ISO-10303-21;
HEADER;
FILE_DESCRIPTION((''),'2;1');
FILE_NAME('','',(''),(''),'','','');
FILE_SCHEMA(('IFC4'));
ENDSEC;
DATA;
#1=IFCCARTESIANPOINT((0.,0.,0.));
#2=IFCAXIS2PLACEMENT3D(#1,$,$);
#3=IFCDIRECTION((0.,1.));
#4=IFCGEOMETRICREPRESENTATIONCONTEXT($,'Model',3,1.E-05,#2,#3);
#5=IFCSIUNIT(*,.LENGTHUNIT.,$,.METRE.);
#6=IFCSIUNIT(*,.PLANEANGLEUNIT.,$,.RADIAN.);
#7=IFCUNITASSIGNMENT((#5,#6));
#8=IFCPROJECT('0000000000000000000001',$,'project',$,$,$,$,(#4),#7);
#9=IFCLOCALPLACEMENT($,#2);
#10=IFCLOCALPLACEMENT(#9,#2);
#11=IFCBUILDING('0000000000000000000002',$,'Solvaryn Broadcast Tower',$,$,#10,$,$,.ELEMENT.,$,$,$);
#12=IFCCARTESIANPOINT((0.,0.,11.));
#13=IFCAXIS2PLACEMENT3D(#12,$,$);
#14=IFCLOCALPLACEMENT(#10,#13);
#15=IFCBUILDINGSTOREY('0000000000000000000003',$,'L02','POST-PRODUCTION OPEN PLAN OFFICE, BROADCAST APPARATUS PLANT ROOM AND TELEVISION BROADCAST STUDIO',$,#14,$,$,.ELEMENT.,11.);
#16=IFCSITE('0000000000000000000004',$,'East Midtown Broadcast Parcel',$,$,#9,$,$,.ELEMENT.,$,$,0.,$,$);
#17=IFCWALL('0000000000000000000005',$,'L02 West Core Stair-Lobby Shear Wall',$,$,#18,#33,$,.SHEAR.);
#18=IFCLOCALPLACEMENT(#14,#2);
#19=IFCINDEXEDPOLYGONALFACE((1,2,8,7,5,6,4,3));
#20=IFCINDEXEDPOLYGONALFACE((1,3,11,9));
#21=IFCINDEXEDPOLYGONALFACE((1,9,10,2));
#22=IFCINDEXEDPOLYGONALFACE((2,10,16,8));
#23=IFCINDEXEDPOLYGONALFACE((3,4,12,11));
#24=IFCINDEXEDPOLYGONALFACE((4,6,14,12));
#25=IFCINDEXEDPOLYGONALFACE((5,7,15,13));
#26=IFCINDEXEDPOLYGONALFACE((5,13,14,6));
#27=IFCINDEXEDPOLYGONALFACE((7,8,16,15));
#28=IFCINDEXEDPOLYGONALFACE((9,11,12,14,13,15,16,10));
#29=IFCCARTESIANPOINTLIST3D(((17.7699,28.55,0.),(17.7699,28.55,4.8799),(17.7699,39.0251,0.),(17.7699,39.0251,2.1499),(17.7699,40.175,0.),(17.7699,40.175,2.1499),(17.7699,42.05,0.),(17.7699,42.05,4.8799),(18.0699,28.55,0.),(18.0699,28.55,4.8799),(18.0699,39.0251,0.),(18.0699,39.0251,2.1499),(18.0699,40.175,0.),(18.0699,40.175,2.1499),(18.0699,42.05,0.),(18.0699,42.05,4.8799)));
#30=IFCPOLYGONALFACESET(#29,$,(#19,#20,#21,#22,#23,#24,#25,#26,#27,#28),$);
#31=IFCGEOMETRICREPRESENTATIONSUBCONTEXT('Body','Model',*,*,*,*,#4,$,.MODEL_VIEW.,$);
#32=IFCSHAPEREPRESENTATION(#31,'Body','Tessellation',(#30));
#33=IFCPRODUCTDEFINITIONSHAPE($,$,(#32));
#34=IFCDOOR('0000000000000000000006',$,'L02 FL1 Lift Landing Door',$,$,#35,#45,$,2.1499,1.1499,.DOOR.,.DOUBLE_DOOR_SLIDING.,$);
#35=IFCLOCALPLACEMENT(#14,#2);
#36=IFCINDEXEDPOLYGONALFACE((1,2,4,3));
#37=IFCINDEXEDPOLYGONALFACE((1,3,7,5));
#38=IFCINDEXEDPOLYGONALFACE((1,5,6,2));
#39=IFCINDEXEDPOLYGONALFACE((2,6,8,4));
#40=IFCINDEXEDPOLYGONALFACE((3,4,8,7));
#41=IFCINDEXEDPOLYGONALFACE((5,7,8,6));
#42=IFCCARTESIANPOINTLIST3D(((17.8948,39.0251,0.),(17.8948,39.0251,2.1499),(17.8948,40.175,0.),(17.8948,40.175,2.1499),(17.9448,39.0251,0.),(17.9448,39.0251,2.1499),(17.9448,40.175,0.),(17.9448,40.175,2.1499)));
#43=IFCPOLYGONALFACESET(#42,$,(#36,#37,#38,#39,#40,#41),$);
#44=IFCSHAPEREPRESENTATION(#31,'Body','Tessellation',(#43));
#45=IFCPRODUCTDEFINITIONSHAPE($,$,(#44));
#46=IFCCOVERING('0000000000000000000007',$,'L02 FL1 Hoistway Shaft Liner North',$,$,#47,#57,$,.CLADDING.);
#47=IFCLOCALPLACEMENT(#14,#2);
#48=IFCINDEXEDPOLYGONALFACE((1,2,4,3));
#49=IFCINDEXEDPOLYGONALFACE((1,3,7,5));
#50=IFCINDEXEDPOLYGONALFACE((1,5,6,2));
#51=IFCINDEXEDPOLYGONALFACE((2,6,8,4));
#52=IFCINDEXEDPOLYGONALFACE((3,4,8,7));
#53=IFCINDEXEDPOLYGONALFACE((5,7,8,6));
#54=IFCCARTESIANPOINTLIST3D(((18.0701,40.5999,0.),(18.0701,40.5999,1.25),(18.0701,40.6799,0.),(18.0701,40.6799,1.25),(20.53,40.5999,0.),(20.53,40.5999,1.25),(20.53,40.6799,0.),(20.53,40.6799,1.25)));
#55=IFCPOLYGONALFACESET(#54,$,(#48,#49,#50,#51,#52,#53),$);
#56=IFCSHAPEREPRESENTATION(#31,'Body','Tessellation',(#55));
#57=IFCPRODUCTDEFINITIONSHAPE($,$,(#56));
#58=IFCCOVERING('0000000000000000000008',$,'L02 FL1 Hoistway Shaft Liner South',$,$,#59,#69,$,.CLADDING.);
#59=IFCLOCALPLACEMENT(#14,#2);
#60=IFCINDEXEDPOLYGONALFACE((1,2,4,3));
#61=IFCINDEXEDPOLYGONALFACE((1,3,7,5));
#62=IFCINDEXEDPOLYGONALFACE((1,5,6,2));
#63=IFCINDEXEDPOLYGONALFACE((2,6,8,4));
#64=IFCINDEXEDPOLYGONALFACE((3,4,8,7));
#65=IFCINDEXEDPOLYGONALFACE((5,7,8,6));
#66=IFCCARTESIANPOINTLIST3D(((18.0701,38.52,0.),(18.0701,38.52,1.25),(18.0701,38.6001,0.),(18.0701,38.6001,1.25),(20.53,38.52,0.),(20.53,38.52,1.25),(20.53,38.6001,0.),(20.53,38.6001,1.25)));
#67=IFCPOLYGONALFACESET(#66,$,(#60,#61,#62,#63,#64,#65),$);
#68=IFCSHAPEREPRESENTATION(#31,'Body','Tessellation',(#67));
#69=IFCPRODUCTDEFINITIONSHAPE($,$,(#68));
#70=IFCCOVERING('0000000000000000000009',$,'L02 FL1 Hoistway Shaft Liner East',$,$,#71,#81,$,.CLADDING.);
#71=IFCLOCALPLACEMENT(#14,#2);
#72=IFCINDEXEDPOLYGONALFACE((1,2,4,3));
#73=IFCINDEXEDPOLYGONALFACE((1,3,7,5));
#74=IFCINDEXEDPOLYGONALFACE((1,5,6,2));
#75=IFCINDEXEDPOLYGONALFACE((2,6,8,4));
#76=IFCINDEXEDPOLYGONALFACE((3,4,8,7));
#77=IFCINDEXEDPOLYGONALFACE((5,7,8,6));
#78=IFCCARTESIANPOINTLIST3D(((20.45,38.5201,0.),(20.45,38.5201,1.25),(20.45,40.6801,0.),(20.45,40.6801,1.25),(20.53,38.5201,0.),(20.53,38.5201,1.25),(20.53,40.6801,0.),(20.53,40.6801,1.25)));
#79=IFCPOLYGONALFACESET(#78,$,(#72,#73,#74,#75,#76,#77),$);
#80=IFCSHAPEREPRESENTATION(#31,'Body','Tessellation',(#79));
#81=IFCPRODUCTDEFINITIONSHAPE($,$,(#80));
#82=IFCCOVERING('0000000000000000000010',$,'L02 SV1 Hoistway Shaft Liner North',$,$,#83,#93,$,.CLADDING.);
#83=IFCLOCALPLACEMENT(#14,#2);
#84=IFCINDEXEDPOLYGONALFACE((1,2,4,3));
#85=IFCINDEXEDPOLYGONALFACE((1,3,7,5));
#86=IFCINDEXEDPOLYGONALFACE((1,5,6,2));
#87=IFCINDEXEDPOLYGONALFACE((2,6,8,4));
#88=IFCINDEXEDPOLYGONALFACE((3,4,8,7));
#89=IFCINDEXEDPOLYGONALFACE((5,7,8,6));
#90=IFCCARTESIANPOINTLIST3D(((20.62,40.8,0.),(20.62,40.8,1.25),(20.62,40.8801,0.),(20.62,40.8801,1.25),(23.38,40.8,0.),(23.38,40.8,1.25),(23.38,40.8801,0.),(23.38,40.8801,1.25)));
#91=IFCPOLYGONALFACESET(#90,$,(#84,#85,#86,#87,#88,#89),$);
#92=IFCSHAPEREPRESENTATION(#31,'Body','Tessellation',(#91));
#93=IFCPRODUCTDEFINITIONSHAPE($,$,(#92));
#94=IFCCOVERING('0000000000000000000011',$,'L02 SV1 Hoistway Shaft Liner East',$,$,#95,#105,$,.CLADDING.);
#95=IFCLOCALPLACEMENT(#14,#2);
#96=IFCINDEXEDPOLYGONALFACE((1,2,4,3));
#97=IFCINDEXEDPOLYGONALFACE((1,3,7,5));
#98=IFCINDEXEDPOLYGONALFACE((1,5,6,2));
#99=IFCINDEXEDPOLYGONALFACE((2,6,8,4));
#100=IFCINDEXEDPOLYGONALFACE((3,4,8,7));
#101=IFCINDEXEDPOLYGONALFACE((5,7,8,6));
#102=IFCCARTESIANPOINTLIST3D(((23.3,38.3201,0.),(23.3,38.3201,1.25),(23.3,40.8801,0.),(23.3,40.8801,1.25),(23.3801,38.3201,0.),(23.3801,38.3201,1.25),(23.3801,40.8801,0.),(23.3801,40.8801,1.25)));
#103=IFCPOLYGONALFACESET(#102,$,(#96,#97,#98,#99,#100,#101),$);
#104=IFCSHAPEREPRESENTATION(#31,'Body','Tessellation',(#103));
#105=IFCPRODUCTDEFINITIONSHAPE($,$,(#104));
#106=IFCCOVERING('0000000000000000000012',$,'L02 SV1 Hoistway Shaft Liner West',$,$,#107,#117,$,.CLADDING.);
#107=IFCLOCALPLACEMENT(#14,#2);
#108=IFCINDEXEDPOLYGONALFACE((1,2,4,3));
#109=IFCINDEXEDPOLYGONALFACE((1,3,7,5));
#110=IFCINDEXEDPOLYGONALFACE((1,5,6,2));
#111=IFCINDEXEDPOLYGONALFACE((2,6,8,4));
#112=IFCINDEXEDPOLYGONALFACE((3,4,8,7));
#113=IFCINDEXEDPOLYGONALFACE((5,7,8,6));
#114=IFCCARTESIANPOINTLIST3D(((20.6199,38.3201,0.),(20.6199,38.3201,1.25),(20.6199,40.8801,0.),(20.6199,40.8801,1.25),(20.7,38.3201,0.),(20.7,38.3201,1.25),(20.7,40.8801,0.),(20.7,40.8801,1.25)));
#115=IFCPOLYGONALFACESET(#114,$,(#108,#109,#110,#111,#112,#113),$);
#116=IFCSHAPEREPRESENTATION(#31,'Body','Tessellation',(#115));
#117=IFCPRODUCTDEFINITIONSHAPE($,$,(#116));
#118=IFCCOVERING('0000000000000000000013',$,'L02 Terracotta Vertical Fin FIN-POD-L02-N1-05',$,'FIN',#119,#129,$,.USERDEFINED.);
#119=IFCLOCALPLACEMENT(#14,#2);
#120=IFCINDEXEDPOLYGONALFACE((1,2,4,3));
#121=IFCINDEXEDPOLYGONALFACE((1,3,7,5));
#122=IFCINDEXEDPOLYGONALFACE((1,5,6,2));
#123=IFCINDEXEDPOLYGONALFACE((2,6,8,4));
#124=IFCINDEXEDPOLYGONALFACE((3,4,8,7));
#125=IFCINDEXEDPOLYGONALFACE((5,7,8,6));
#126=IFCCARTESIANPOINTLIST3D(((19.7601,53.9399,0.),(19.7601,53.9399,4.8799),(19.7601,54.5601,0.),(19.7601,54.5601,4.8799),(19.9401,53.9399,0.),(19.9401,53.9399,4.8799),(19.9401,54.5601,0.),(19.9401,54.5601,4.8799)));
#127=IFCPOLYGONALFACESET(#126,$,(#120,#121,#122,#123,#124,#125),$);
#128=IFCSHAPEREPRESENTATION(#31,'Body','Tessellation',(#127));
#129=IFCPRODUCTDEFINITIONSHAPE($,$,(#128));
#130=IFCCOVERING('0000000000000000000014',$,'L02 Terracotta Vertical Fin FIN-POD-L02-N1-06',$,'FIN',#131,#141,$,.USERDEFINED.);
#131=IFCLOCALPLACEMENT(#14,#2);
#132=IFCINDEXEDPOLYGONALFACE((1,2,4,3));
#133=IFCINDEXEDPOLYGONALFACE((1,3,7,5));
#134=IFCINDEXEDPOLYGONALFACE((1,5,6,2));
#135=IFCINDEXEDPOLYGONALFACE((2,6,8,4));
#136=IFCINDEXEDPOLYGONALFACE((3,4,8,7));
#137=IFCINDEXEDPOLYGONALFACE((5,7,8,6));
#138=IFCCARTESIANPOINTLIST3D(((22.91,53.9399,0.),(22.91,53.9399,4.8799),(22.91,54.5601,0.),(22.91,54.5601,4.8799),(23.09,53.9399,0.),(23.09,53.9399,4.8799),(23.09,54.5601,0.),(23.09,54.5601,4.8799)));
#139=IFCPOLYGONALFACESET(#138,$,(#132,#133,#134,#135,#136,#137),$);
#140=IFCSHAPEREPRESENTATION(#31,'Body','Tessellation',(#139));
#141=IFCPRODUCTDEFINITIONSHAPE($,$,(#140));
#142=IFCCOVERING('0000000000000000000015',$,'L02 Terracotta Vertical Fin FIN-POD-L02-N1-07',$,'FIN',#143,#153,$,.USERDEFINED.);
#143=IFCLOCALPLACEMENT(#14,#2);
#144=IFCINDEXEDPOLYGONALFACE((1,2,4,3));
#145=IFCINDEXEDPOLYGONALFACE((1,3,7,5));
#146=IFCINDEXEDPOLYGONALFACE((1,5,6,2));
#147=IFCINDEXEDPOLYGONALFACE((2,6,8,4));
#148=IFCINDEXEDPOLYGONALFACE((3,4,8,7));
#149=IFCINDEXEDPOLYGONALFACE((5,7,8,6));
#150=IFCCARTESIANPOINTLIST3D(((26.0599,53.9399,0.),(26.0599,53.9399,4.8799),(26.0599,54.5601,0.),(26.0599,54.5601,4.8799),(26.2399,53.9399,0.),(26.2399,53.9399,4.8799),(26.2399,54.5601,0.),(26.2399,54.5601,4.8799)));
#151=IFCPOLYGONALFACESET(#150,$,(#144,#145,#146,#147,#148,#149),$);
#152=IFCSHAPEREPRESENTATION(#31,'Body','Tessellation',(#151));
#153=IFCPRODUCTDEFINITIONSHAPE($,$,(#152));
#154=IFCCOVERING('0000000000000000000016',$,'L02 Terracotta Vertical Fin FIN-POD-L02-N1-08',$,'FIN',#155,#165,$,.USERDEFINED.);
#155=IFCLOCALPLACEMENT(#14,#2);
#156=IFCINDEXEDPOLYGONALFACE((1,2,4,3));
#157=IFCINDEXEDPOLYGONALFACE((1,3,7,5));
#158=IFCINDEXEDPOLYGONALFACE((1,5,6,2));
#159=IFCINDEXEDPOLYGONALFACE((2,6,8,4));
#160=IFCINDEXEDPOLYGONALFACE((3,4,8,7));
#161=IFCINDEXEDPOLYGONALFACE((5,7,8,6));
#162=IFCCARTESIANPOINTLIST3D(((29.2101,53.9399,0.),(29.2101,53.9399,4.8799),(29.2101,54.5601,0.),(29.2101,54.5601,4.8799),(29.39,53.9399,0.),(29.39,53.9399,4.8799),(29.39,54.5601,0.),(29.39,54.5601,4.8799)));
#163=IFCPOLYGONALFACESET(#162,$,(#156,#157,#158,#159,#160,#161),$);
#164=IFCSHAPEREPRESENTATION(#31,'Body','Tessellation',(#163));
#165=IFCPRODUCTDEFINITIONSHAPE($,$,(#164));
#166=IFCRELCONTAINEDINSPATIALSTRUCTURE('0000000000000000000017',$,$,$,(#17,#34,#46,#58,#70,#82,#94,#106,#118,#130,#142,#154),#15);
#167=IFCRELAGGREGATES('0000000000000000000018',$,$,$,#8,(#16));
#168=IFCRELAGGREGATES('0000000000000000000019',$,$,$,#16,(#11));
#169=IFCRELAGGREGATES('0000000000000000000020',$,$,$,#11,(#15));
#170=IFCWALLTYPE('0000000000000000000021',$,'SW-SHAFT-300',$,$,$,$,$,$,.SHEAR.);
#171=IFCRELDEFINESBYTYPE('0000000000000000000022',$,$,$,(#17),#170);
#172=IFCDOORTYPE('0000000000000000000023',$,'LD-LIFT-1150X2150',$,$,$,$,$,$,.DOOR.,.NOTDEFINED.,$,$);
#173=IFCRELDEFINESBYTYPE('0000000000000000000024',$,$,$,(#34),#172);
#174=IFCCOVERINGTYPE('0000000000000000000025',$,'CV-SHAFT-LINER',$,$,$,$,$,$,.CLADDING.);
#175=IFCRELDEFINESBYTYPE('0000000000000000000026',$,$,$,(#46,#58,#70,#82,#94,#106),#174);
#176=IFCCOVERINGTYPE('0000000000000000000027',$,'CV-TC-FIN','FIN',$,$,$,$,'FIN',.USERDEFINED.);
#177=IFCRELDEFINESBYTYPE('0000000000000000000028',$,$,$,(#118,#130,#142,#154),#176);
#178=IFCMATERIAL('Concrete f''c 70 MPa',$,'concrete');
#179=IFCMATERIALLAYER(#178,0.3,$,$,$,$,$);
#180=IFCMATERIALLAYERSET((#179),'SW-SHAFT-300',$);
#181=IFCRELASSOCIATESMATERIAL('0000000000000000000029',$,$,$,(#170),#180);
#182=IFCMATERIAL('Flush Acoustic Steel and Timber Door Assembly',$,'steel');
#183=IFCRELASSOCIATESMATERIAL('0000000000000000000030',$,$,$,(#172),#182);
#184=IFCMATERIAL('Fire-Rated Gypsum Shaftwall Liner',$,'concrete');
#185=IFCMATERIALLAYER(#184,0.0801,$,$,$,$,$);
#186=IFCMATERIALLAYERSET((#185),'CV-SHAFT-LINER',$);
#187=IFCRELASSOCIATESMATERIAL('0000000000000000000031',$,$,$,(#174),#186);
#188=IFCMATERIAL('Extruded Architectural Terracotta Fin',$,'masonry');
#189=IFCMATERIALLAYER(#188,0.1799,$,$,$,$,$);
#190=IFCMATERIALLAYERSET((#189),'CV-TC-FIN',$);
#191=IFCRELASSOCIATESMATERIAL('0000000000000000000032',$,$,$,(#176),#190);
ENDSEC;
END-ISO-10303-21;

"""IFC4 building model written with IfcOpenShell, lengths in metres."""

from ifc_helpers import new_model, si_unit, direction, frame, frame_2d, origin, origin_2d, place, context, subcontext, project, spatial, rectangle, extrude, material, layer, layer_set, type_object, element, fill, save


model = new_model("IFC4")

# Units and contexts
model_context = context("Model", 3, precision=1e-05, world=origin(), true_north=direction((0.0, 1.0)))
body_context = subcontext(model_context, "Body", "Model", "MODEL_VIEW")
ifc_project = project(units=[si_unit("LENGTHUNIT", "METRE"), si_unit("PLANEANGLEUNIT", "RADIAN")], contexts=[model_context])

# Site, building, storey
site_placement = place(None, origin())
site = spatial("IfcSite", under=ifc_project, at=site_placement, Name="East Midtown Broadcast Parcel", CompositionType="ELEMENT", RefElevation=0.0)
building_placement = place(site_placement, origin())
building = spatial("IfcBuilding", under=site, at=building_placement, Name="Solvaryn Broadcast Tower", CompositionType="ELEMENT")
storey_placement = place(building_placement, frame((0.0, 0.0, 11.0)))
storey = spatial("IfcBuildingStorey", under=building, at=storey_placement, Name="L02", Description="POST-PRODUCTION OPEN PLAN OFFICE, BROADCAST APPARATUS PLANT ROOM AND TELEVISION BROADCAST STUDIO", CompositionType="ELEMENT", Elevation=11.0)

# Wall, opening, door
ifc_material_1 = material(Name="Concrete f'c 70 MPa", Category="concrete")
ifc_layer_1 = layer(ifc_material_1, 0.3)
ifc_layer_set_1 = layer_set([ifc_layer_1], Name="SW-SHAFT-300")
wall_type_1 = type_object("IfcWallType", Name="SW-SHAFT-300", PredefinedType="SHEAR", material=ifc_layer_set_1)
wall_1_placement = place(storey_placement, frame((17.9199, 42.05, 0.0), z_axis=(0.0, 0.0, 1.0), x_axis=(0.0, -1.0, 0.0)))
wall_1 = element("IfcWall", 1, at=wall_1_placement, inside=storey, type_object=wall_type_1, Name="L02 West Core Stair-Lobby Shear Wall", PredefinedType="SHEAR", context=body_context, shape_type="SweptSolid", body=[
    extrude(rectangle(XDim=13.5, YDim=0.3, at=frame_2d((6.75, 0.0))), origin(), (0.0, 0.0, 1.0), 4.8799),
])
opening_1_placement = place(wall_1_placement, frame((1.875, 0.0, 0.0)))
opening_1 = element("IfcOpeningElement", 2, at=opening_1_placement, cuts=wall_1, PredefinedType="OPENING", context=body_context, shape_type="SweptSolid", body=[
    extrude(rectangle(XDim=1.1499, YDim=2.1499, at=frame_2d((0.575, 1.075))), frame((0.0, 0.1599, 0.0), z_axis=(0.0, -1.0, 0.0), x_axis=(1.0, 0.0, 0.0)), (0.0, 0.0, 1.0), 0.3201),
])
ifc_material_2 = material(Name="Flush Acoustic Steel and Timber Door Assembly", Category="steel")
door_type_1 = type_object("IfcDoorType", Name="LD-LIFT-1150X2150", OperationType="NOTDEFINED", PredefinedType="DOOR", material=ifc_material_2)
door_1_placement = place(opening_1_placement, origin())
door_1 = element("IfcDoor", 3, at=door_1_placement, inside=storey, type_object=door_type_1, Name="L02 FL1 Lift Landing Door", OperationType="DOUBLE_DOOR_SLIDING", OverallHeight=2.1499, OverallWidth=1.1499, PredefinedType="DOOR", context=body_context, shape_type="SweptSolid", body=[
    extrude(rectangle(XDim=1.1499, YDim=2.1499, at=frame_2d((0.575, 1.075))), frame((0.0, 0.0249, 0.0), z_axis=(0.0, -1.0, 0.0), x_axis=(1.0, 0.0, 0.0)), (0.0, 0.0, 1.0), 0.05),
])
fill(opening_1, door_1)

# Coverings
ifc_material_3 = material(Name="Fire-Rated Gypsum Shaftwall Liner", Category="concrete")
ifc_layer_2 = layer(ifc_material_3, 0.0801)
ifc_layer_set_2 = layer_set([ifc_layer_2], Name="CV-SHAFT-LINER")
covering_type_1 = type_object("IfcCoveringType", Name="CV-SHAFT-LINER", PredefinedType="CLADDING", material=ifc_layer_set_2)
for number, where, z_axis, x_axis, name in (
    (4, (19.3, 40.6399, 0.0), (0.0, 0.0, 1.0), (1.0, 0.0, 0.0), "L02 FL1 Hoistway Shaft Liner North"),
    (5, (19.3, 38.5601, 0.0), (0.0, 0.0, 1.0), (1.0, 0.0, 0.0), "L02 FL1 Hoistway Shaft Liner South"),
):
    element("IfcCovering", number, at=place(storey_placement, frame(where, z_axis=z_axis, x_axis=x_axis)), inside=storey, type_object=covering_type_1, Name=name, PredefinedType="CLADDING", context=body_context, shape_type="SweptSolid", body=[
        extrude(rectangle(XDim=2.46, YDim=0.0801, at=origin_2d()), origin(), (0.0, 0.0, 1.0), 1.25),
    ])
covering_1_placement = place(storey_placement, frame((20.49, 39.6001, 0.0), z_axis=(0.0, 0.0, 1.0), x_axis=(1.0, 0.0, 0.0)))
element("IfcCovering", 6, at=covering_1_placement, inside=storey, type_object=covering_type_1, Name="L02 FL1 Hoistway Shaft Liner East", PredefinedType="CLADDING", context=body_context, shape_type="SweptSolid", body=[
    extrude(rectangle(XDim=0.0801, YDim=2.1599, at=origin_2d()), origin(), (0.0, 0.0, 1.0), 1.25),
])
covering_2_placement = place(storey_placement, frame((22.0, 40.8401, 0.0), z_axis=(0.0, 0.0, 1.0), x_axis=(1.0, 0.0, 0.0)))
element("IfcCovering", 7, at=covering_2_placement, inside=storey, type_object=covering_type_1, Name="L02 SV1 Hoistway Shaft Liner North", PredefinedType="CLADDING", context=body_context, shape_type="SweptSolid", body=[
    extrude(rectangle(XDim=2.76, YDim=0.0801, at=origin_2d()), origin(), (0.0, 0.0, 1.0), 1.25),
])
for number, where, z_axis, x_axis, name in (
    (8, (23.3401, 39.6001, 0.0), (0.0, 0.0, 1.0), (1.0, 0.0, 0.0), "L02 SV1 Hoistway Shaft Liner East"),
    (9, (20.6599, 39.6001, 0.0), (0.0, 0.0, 1.0), (1.0, 0.0, 0.0), "L02 SV1 Hoistway Shaft Liner West"),
):
    element("IfcCovering", number, at=place(storey_placement, frame(where, z_axis=z_axis, x_axis=x_axis)), inside=storey, type_object=covering_type_1, Name=name, PredefinedType="CLADDING", context=body_context, shape_type="SweptSolid", body=[
        extrude(rectangle(XDim=0.0801, YDim=2.5601, at=origin_2d()), origin(), (0.0, 0.0, 1.0), 1.25),
    ])
ifc_material_4 = material(Name="Extruded Architectural Terracotta Fin", Category="masonry")
ifc_layer_3 = layer(ifc_material_4, 0.1799)
ifc_layer_set_3 = layer_set([ifc_layer_3], Name="CV-TC-FIN")
covering_type_2 = type_object("IfcCoveringType", Name="CV-TC-FIN", Description="FIN", ElementType="FIN", PredefinedType="USERDEFINED", material=ifc_layer_set_3)
for number, where, z_axis, x_axis, name in (
    (10, (19.8501, 54.25, 0.0), (0.0, 0.0, 1.0), (1.0, 0.0, 0.0), "L02 Terracotta Vertical Fin FIN-POD-L02-N1-05"),
    (11, (23.0, 54.25, 0.0), (0.0, 0.0, 1.0), (1.0, 0.0, 0.0), "L02 Terracotta Vertical Fin FIN-POD-L02-N1-06"),
    (12, (26.1499, 54.25, 0.0), (0.0, 0.0, 1.0), (1.0, 0.0, 0.0), "L02 Terracotta Vertical Fin FIN-POD-L02-N1-07"),
    (13, (29.3, 54.25, 0.0), (0.0, 0.0, 1.0), (1.0, 0.0, 0.0), "L02 Terracotta Vertical Fin FIN-POD-L02-N1-08"),
):
    element("IfcCovering", number, at=place(storey_placement, frame(where, z_axis=z_axis, x_axis=x_axis)), inside=storey, type_object=covering_type_2, Name=name, ObjectType="FIN", PredefinedType="USERDEFINED", context=body_context, shape_type="SweptSolid", body=[
        extrude(rectangle(XDim=0.1799, YDim=0.6201, at=origin_2d()), origin(), (0.0, 0.0, 1.0), 4.8799),
    ])

save(model, "model.ifc")
